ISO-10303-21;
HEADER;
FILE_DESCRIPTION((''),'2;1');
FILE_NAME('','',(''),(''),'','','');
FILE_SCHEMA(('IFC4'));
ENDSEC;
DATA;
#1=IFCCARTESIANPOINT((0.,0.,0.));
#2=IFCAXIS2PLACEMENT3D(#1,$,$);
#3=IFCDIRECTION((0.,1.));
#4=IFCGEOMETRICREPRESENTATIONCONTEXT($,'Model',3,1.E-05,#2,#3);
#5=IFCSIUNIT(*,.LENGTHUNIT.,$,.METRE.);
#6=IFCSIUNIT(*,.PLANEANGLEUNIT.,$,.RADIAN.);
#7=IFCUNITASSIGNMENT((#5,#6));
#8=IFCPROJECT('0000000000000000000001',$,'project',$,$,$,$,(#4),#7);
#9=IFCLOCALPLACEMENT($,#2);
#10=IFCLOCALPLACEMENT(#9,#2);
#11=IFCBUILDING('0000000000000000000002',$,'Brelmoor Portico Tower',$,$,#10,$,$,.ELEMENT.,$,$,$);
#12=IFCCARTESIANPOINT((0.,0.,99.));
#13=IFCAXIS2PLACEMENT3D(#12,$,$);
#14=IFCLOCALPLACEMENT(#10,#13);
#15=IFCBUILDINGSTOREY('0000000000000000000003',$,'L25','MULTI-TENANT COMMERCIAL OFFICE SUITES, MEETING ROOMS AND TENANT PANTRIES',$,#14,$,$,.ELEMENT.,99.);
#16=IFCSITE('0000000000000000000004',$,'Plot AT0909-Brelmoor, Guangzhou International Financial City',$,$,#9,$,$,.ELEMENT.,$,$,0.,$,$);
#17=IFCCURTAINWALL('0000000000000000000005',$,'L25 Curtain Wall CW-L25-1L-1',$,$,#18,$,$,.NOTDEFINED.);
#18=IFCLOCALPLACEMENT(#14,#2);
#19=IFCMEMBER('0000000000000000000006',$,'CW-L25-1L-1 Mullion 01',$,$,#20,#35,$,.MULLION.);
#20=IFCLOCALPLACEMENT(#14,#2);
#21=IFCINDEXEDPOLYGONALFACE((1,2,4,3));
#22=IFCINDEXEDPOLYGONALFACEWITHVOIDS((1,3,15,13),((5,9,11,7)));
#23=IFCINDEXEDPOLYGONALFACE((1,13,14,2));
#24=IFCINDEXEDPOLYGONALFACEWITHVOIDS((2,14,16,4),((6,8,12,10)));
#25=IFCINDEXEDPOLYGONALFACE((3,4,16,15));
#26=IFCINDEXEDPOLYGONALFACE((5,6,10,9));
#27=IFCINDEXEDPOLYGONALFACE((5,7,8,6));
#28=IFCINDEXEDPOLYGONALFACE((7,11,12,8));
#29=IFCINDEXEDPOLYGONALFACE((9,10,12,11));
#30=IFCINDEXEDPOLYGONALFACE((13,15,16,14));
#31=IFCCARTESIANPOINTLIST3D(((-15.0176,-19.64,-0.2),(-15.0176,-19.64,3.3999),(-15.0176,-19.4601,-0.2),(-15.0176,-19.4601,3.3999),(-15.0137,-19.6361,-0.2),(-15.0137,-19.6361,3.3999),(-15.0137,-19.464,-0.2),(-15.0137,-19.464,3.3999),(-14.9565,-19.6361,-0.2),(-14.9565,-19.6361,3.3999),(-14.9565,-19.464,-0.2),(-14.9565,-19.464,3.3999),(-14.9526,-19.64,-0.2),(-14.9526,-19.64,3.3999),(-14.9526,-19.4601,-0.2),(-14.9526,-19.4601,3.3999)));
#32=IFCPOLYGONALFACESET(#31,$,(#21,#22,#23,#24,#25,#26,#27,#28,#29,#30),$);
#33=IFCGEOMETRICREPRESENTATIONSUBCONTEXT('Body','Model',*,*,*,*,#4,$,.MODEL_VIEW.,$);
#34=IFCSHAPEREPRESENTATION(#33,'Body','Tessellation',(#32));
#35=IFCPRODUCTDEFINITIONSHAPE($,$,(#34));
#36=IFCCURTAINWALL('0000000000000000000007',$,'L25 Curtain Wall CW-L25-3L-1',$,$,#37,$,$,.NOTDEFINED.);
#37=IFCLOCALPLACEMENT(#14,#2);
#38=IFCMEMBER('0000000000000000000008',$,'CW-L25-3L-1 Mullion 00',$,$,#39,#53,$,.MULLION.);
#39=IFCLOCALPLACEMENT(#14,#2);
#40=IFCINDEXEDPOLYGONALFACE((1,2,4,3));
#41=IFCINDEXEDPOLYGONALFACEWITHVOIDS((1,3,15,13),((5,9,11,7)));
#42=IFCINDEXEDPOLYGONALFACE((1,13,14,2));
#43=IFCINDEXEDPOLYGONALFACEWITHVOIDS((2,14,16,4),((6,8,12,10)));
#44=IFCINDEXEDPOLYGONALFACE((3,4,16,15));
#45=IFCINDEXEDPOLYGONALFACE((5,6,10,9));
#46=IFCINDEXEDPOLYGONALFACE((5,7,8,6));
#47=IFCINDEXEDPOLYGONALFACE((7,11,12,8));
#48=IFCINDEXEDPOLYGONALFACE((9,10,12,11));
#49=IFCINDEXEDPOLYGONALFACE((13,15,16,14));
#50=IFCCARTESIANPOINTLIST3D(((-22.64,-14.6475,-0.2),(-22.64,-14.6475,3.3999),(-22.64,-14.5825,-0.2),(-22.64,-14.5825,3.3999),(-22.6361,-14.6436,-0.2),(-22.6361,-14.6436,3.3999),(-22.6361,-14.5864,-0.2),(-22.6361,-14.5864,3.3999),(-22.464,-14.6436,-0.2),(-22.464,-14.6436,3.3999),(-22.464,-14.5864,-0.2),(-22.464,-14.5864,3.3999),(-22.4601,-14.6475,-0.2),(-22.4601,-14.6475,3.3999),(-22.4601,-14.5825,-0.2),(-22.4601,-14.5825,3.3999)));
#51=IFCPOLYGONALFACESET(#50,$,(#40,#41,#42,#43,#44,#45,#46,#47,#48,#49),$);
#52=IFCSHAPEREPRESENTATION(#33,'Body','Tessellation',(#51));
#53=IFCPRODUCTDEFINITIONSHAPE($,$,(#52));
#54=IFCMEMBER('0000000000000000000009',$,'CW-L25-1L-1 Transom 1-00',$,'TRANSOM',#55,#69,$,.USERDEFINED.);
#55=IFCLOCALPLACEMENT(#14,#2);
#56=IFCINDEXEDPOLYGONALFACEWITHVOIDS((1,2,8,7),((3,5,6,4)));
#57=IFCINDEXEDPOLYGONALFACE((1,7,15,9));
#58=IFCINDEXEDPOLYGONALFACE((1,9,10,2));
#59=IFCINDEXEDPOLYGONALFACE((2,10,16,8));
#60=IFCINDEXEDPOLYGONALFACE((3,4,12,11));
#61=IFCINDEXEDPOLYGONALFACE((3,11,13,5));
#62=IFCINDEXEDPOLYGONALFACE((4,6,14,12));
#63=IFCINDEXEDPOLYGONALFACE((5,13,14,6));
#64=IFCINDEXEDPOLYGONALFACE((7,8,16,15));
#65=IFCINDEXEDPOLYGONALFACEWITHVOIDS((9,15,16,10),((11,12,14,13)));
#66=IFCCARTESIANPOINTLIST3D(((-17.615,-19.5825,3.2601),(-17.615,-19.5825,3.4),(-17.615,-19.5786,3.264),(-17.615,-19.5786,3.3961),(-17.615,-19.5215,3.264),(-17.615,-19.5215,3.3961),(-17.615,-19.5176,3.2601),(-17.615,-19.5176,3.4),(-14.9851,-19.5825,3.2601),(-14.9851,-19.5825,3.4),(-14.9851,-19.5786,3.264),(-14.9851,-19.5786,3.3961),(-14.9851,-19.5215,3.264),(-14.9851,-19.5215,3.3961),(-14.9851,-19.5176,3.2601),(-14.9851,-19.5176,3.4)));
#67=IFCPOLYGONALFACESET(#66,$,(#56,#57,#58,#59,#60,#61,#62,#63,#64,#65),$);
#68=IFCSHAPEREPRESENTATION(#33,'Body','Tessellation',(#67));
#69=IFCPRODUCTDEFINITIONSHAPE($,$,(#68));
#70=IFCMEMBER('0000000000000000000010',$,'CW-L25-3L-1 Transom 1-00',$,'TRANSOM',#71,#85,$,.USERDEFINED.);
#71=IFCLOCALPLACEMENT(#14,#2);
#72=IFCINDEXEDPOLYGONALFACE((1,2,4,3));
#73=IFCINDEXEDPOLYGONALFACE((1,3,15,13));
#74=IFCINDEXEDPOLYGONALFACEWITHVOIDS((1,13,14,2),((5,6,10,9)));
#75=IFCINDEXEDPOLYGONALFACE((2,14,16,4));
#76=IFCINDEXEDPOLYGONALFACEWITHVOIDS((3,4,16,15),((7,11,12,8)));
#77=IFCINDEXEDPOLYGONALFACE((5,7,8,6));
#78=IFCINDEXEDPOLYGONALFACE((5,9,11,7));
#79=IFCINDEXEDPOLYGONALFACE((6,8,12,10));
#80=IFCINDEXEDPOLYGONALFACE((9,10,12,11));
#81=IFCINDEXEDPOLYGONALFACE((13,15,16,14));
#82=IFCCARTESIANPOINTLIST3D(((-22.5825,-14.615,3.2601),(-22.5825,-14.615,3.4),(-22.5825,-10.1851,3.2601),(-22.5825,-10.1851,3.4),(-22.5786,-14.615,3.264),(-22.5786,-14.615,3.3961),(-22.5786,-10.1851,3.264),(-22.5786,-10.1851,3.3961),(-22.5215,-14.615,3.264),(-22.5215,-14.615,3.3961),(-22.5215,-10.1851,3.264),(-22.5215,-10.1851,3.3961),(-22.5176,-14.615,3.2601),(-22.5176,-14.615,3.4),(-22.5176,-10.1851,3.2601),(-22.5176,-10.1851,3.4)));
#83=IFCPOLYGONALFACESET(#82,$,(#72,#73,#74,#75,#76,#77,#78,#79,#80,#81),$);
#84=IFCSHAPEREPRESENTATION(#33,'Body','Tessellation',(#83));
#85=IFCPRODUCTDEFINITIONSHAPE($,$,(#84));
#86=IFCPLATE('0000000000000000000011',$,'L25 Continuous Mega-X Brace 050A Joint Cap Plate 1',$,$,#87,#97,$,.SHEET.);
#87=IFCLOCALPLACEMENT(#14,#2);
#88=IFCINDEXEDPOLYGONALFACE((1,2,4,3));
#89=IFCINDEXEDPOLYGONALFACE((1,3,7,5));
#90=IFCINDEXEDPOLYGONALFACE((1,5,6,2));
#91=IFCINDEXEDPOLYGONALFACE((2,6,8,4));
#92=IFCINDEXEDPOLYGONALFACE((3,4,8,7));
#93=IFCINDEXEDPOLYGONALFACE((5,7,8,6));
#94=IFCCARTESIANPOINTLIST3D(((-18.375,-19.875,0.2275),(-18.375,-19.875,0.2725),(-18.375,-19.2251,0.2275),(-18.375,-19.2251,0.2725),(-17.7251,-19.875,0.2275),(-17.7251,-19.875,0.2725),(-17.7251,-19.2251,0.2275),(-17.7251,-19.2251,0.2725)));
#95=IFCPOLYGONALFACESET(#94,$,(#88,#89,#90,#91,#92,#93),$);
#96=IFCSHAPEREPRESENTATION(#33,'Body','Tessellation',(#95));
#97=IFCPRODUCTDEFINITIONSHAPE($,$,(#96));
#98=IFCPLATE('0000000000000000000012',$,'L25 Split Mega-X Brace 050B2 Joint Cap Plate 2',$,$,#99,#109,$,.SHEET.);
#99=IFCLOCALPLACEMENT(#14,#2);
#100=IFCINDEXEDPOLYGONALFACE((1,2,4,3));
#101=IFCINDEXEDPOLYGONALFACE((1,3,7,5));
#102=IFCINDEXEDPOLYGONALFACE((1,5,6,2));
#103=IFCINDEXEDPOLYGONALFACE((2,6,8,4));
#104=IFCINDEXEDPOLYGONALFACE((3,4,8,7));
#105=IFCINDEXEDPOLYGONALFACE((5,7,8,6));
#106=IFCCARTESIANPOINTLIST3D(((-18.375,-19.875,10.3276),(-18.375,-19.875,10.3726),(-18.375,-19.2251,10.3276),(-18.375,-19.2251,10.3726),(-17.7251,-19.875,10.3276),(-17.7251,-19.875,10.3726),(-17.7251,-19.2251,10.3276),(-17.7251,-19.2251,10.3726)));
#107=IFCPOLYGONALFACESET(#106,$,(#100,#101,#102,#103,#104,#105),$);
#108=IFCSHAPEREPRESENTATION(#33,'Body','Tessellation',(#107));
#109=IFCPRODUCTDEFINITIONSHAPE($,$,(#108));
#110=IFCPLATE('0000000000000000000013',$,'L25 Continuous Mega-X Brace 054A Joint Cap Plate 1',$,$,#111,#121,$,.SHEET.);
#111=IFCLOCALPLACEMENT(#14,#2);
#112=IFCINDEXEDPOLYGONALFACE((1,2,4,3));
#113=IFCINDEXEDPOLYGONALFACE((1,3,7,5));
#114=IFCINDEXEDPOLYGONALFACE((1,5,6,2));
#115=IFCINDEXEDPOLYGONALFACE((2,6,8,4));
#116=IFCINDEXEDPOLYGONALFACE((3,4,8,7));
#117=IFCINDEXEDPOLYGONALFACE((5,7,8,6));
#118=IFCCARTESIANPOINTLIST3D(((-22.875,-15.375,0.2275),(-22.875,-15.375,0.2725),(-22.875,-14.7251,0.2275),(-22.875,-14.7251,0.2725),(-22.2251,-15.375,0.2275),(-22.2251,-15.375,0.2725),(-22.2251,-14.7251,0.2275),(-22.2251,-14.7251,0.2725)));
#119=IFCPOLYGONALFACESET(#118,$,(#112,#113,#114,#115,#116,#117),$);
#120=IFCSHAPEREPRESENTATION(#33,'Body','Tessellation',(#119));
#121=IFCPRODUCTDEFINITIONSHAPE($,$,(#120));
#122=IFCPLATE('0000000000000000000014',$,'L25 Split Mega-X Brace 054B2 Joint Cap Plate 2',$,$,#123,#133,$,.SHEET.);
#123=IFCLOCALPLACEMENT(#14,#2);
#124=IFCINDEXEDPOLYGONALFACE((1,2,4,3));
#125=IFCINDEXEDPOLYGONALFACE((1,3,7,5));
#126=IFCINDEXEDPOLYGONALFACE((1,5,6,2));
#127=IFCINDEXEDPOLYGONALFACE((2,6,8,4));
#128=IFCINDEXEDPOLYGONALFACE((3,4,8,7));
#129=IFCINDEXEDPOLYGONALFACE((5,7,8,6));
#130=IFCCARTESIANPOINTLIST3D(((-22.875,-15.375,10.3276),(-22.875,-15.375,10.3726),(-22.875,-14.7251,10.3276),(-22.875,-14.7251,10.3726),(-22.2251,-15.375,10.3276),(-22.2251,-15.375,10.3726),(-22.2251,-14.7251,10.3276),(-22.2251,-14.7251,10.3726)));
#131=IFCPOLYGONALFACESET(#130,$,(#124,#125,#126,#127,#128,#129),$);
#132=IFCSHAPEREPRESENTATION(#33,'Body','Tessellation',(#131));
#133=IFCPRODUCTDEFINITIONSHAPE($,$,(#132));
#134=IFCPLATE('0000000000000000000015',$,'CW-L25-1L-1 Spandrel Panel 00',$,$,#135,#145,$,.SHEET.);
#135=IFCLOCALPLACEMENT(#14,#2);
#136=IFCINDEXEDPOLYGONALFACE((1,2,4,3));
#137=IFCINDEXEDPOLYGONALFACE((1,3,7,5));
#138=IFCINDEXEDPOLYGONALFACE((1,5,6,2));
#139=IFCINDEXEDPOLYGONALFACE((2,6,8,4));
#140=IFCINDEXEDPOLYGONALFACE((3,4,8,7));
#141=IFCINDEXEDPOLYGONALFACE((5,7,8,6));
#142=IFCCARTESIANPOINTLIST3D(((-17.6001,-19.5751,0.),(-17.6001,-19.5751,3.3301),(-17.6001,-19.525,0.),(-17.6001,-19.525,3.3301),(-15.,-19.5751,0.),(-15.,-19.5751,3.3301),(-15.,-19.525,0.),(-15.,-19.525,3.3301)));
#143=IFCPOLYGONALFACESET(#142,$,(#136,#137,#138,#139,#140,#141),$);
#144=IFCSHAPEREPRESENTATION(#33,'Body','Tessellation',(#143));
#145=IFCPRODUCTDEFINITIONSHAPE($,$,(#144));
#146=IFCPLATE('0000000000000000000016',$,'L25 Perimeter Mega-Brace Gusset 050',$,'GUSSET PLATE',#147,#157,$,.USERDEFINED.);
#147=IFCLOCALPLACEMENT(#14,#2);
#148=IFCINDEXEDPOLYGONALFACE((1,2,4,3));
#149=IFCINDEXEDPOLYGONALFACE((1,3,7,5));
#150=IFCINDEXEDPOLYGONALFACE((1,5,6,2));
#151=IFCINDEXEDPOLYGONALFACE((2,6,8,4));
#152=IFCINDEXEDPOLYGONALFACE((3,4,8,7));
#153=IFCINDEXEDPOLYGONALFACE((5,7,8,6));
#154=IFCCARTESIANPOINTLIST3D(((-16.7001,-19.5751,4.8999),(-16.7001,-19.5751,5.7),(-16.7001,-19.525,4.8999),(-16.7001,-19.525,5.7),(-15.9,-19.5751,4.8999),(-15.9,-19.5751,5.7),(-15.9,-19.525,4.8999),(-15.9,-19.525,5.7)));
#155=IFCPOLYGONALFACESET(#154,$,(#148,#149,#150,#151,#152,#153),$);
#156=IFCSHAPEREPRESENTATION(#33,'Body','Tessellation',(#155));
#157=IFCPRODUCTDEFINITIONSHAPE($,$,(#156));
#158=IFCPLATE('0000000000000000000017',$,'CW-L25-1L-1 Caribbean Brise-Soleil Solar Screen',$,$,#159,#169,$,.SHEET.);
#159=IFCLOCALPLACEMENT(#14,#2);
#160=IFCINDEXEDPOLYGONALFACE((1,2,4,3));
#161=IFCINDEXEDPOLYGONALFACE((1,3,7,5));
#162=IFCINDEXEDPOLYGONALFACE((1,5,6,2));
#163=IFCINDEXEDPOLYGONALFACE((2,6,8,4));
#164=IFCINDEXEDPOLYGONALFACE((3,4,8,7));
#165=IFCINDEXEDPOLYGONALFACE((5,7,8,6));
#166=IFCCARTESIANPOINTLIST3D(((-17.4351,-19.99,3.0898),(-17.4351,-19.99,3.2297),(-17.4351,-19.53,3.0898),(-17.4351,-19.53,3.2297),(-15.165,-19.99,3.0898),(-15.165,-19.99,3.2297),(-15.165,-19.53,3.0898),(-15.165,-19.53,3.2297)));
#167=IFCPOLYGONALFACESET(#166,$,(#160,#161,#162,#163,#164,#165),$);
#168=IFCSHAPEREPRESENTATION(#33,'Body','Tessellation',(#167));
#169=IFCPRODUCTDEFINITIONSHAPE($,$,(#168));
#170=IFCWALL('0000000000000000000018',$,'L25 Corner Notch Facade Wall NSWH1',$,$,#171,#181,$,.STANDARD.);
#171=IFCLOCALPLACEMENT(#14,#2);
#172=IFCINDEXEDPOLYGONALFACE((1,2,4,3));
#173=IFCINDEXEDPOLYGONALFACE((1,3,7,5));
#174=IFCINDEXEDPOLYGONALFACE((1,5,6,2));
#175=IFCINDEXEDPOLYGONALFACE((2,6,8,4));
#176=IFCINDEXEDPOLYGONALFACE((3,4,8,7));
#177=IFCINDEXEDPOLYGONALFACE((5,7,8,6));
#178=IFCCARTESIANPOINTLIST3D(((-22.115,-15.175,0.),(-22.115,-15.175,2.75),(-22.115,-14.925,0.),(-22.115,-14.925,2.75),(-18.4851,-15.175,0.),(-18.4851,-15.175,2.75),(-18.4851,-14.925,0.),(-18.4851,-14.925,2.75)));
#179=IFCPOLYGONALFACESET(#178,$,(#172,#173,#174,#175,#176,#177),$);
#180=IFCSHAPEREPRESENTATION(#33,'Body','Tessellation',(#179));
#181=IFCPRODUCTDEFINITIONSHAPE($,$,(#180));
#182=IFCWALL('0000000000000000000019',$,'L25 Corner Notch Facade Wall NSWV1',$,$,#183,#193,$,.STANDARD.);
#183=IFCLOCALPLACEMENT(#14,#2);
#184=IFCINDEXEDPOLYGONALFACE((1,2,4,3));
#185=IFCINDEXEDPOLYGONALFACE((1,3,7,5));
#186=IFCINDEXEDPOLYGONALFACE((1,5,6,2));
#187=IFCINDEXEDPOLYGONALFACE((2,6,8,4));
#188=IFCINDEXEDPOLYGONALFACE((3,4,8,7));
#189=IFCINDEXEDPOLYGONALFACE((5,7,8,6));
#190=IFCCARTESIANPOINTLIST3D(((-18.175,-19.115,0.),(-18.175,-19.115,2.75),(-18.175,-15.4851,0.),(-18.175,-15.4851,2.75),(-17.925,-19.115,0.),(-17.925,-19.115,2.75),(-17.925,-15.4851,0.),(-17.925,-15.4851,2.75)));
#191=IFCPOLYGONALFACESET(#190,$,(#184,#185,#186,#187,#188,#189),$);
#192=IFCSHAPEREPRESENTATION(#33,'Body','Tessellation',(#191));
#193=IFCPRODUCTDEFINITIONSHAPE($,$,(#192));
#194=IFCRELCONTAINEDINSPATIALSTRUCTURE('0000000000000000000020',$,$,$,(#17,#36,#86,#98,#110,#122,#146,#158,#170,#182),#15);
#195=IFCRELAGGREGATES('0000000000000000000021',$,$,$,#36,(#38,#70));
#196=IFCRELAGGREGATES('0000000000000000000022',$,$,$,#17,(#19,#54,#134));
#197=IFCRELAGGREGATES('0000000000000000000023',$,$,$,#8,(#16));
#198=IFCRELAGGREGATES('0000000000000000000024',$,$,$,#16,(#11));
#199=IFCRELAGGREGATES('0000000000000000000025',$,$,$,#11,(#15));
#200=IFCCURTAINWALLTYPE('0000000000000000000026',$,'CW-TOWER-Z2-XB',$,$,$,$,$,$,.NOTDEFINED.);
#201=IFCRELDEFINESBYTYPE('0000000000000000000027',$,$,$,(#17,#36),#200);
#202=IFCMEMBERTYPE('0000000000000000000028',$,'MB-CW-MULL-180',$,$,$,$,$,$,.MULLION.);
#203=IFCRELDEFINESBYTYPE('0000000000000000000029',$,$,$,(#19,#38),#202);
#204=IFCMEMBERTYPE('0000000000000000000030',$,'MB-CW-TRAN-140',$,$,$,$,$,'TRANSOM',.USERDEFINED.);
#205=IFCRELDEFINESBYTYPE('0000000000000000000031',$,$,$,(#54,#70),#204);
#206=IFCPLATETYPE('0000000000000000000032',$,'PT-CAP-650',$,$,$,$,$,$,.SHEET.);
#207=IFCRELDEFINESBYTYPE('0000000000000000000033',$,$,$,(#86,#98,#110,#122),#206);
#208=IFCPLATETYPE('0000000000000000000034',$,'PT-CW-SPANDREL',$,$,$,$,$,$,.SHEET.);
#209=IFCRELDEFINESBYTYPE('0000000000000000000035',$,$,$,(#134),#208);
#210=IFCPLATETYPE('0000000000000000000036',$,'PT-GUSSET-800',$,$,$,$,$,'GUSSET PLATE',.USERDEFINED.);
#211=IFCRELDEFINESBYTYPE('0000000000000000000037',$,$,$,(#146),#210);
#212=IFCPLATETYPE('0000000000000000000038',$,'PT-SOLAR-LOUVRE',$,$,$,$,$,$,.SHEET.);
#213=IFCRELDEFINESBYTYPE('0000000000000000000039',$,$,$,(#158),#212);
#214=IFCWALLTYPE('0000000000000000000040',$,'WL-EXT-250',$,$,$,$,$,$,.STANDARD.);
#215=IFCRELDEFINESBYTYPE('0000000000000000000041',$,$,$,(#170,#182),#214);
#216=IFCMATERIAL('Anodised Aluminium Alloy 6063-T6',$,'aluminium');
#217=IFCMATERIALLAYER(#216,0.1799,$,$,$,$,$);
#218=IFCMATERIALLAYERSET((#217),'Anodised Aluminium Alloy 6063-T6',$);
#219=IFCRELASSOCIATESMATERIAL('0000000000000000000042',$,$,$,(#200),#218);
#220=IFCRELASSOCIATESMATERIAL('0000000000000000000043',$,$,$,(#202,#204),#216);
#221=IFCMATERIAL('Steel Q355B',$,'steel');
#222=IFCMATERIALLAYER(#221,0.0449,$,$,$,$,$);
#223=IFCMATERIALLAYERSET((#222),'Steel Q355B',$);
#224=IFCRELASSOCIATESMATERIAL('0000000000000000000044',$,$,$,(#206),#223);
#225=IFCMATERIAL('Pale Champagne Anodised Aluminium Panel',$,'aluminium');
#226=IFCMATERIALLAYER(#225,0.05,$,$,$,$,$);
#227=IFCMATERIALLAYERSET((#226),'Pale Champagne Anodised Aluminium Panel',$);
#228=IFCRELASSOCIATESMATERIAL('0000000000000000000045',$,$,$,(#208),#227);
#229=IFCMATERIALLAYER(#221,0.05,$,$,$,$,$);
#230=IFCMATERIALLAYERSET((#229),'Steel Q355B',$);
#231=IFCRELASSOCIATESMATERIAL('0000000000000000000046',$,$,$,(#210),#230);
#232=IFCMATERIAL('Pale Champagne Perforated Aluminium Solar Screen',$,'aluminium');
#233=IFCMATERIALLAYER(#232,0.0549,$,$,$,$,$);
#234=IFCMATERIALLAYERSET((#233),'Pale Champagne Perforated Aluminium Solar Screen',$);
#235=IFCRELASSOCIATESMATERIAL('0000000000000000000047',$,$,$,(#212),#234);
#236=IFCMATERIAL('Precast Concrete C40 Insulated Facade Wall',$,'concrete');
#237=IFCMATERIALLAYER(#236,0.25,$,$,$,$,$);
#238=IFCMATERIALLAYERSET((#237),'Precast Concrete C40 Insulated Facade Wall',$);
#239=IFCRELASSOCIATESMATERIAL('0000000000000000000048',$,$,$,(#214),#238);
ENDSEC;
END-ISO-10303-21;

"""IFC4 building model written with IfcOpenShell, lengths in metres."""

from ifc_helpers import new_model, si_unit, direction, frame, frame_2d, origin, origin_2d, place, context, subcontext, project, spatial, rectangle, hollow_rectangle, extrude, material, layer, layer_set, material_profile, profile_set, type_object, element, aggregate, save


model = new_model("IFC4")

# Units and contexts
model_context = context("Model", 3, precision=1e-05, world=origin(), true_north=direction((0.0, 1.0)))
body_context = subcontext(model_context, "Body", "Model", "MODEL_VIEW")
ifc_project = project(units=[si_unit("LENGTHUNIT", "METRE"), si_unit("PLANEANGLEUNIT", "RADIAN")], contexts=[model_context])

# Site, building, storey
site_placement = place(None, origin())
site = spatial("IfcSite", under=ifc_project, at=site_placement, Name="Plot AT0909-Brelmoor, Guangzhou International Financial City", CompositionType="ELEMENT", RefElevation=0.0)
building_placement = place(site_placement, origin())
building = spatial("IfcBuilding", under=site, at=building_placement, Name="Brelmoor Portico Tower", CompositionType="ELEMENT")
storey_placement = place(building_placement, frame((0.0, 0.0, 99.0)))
storey = spatial("IfcBuildingStorey", under=building, at=storey_placement, Name="L25", Description="MULTI-TENANT COMMERCIAL OFFICE SUITES, MEETING ROOMS AND TENANT PANTRIES", CompositionType="ELEMENT", Elevation=99.0)

# Shared definitions
ifc_material_1 = material(Name="Steel Q355B", Category="steel")

# Curtain wall, member
ifc_material_2 = material(Name="Anodised Aluminium Alloy 6063-T6", Category="aluminium")
ifc_layer_1 = layer(ifc_material_2, 0.1799)
ifc_layer_set_1 = layer_set([ifc_layer_1], Name="Anodised Aluminium Alloy 6063-T6")
curtain_wall_type = type_object("IfcCurtainWallType", Name="CW-TOWER-Z2-XB", PredefinedType="NOTDEFINED", material=ifc_layer_set_1)
curtain_wall_1_placement = place(storey_placement, origin())
curtain_wall_1 = element("IfcCurtainWall", 1, at=curtain_wall_1_placement, inside=storey, type_object=curtain_wall_type, Name="L25 Curtain Wall CW-L25-1L-1", PredefinedType="NOTDEFINED")
ifc_material_profile_1 = material_profile(ifc_material_2, hollow_rectangle(XDim=0.0649, YDim=0.1799, WallThickness=0.0039, at=origin_2d()), Name="ALU MULLION 65x180")
ifc_profile_set_1 = profile_set([ifc_material_profile_1], Name="Anodised Aluminium Alloy 6063-T6")
member_type_1 = type_object("IfcMemberType", Name="MB-CW-MULL-180", PredefinedType="MULLION", material=ifc_profile_set_1)
member_1_placement = place(storey_placement, frame((-14.9851, -19.55, -0.2), z_axis=(0.0, 0.0, 1.0), x_axis=(1.0, 0.0, 0.0)))
member_1 = element("IfcMember", 2, at=member_1_placement, type_object=member_type_1, Name="CW-L25-1L-1 Mullion 01", PredefinedType="MULLION", context=body_context, shape_type="SweptSolid", body=[
    extrude(hollow_rectangle(XDim=0.0649, YDim=0.1799, WallThickness=0.0039, at=origin_2d()), origin(), (0.0, 0.0, 1.0), 3.5999),
])

# Curtain wall, member
curtain_wall_2_placement = place(storey_placement, origin())
curtain_wall_2 = element("IfcCurtainWall", 3, at=curtain_wall_2_placement, inside=storey, type_object=curtain_wall_type, Name="L25 Curtain Wall CW-L25-3L-1", PredefinedType="NOTDEFINED")
member_2_placement = place(storey_placement, frame((-22.55, -14.615, -0.2), z_axis=(0.0, 0.0, 1.0), x_axis=(0.0, 1.0, 0.0)))
member_2 = element("IfcMember", 4, at=member_2_placement, type_object=member_type_1, Name="CW-L25-3L-1 Mullion 00", PredefinedType="MULLION", context=body_context, shape_type="SweptSolid", body=[
    extrude(hollow_rectangle(XDim=0.0649, YDim=0.1799, WallThickness=0.0039, at=origin_2d()), origin(), (0.0, 0.0, 1.0), 3.5999),
])

# Members
ifc_material_profile_2 = material_profile(ifc_material_2, hollow_rectangle(XDim=0.0649, YDim=0.1399, WallThickness=0.0039, at=origin_2d()), Name="ALU TRANSOM 65x140")
ifc_profile_set_2 = profile_set([ifc_material_profile_2], Name="Anodised Aluminium Alloy 6063-T6")
member_type_2 = type_object("IfcMemberType", Name="MB-CW-TRAN-140", ElementType="TRANSOM", PredefinedType="USERDEFINED", material=ifc_profile_set_2)
member_3_placement = place(storey_placement, frame((-17.615, -19.55, 3.3301), z_axis=(1.0, 0.0, 0.0), x_axis=(0.0, 1.0, 0.0)))
member_3 = element("IfcMember", 5, at=member_3_placement, type_object=member_type_2, Name="CW-L25-1L-1 Transom 1-00", ObjectType="TRANSOM", PredefinedType="USERDEFINED", context=body_context, shape_type="SweptSolid", body=[
    extrude(hollow_rectangle(XDim=0.0649, YDim=0.1399, WallThickness=0.0039, at=origin_2d()), origin(), (0.0, 0.0, 1.0), 2.6299),
])
member_4_placement = place(storey_placement, frame((-22.55, -14.615, 3.3301), z_axis=(0.0, 1.0, 0.0), x_axis=(-1.0, 0.0, 0.0)))
member_4 = element("IfcMember", 6, at=member_4_placement, type_object=member_type_2, Name="CW-L25-3L-1 Transom 1-00", ObjectType="TRANSOM", PredefinedType="USERDEFINED", context=body_context, shape_type="SweptSolid", body=[
    extrude(hollow_rectangle(XDim=0.0649, YDim=0.1399, WallThickness=0.0039, at=origin_2d()), origin(), (0.0, 0.0, 1.0), 4.4299),
])
aggregate(curtain_wall_2, [member_2, member_4])

# Plates
ifc_layer_2 = layer(ifc_material_1, 0.0449)
ifc_layer_set_2 = layer_set([ifc_layer_2], Name="Steel Q355B")
plate_type_1 = type_object("IfcPlateType", Name="PT-CAP-650", PredefinedType="SHEET", material=ifc_layer_set_2)
for number, where, z_axis, x_axis, name in (
    (7, (-18.05, -19.55, 0.2275), (0.0, 0.0, 1.0), (1.0, 0.0, 0.0), "L25 Continuous Mega-X Brace 050A Joint Cap Plate 1"),
    (8, (-18.05, -19.55, 10.3276), (0.0, 0.0, 1.0), (1.0, 0.0, 0.0), "L25 Split Mega-X Brace 050B2 Joint Cap Plate 2"),
    (9, (-22.55, -15.05, 0.2275), (0.0, 0.0, 1.0), (1.0, 0.0, 0.0), "L25 Continuous Mega-X Brace 054A Joint Cap Plate 1"),
    (10, (-22.55, -15.05, 10.3276), (0.0, 0.0, 1.0), (1.0, 0.0, 0.0), "L25 Split Mega-X Brace 054B2 Joint Cap Plate 2"),
):
    element("IfcPlate", number, at=place(storey_placement, frame(where, z_axis=z_axis, x_axis=x_axis)), inside=storey, type_object=plate_type_1, Name=name, PredefinedType="SHEET", context=body_context, shape_type="SweptSolid", body=[
        extrude(rectangle(XDim=0.6499, YDim=0.6499, at=origin_2d()), origin(), (0.0, 0.0, 1.0), 0.0449),
    ])

# Plate
ifc_material_3 = material(Name="Pale Champagne Anodised Aluminium Panel", Category="aluminium")
ifc_layer_3 = layer(ifc_material_3, 0.05)
ifc_layer_set_3 = layer_set([ifc_layer_3], Name="Pale Champagne Anodised Aluminium Panel")
plate_type_2 = type_object("IfcPlateType", Name="PT-CW-SPANDREL", PredefinedType="SHEET", material=ifc_layer_set_3)
plate_1_placement = place(storey_placement, frame((-16.3, -19.55, 0.0), z_axis=(0.0, 0.0, 1.0), x_axis=(1.0, 0.0, 0.0)))
plate_1 = element("IfcPlate", 11, at=plate_1_placement, type_object=plate_type_2, Name="CW-L25-1L-1 Spandrel Panel 00", PredefinedType="SHEET", context=body_context, shape_type="SweptSolid", body=[
    extrude(rectangle(XDim=2.6001, YDim=0.05, at=origin_2d()), origin(), (0.0, 0.0, 1.0), 3.3301),
])
aggregate(curtain_wall_1, [member_1, member_3, plate_1])

# Plates
ifc_layer_4 = layer(ifc_material_1, 0.05)
ifc_layer_set_4 = layer_set([ifc_layer_4], Name="Steel Q355B")
plate_type_3 = type_object("IfcPlateType", Name="PT-GUSSET-800", ElementType="GUSSET PLATE", PredefinedType="USERDEFINED", material=ifc_layer_set_4)
plate_2_placement = place(storey_placement, frame((-16.3, -19.55, 4.8999), z_axis=(0.0, 0.0, 1.0), x_axis=(1.0, 0.0, 0.0)))
element("IfcPlate", 12, at=plate_2_placement, inside=storey, type_object=plate_type_3, Name="L25 Perimeter Mega-Brace Gusset 050", ObjectType="GUSSET PLATE", PredefinedType="USERDEFINED", context=body_context, shape_type="SweptSolid", body=[
    extrude(rectangle(XDim=0.8, YDim=0.05, at=origin_2d()), origin(), (0.0, 0.0, 1.0), 0.8),
])
ifc_material_4 = material(Name="Pale Champagne Perforated Aluminium Solar Screen", Category="aluminium")
ifc_layer_5 = layer(ifc_material_4, 0.0549)
ifc_layer_set_5 = layer_set([ifc_layer_5], Name="Pale Champagne Perforated Aluminium Solar Screen")
plate_type_4 = type_object("IfcPlateType", Name="PT-SOLAR-LOUVRE", PredefinedType="SHEET", material=ifc_layer_set_5)
plate_3_placement = place(storey_placement, frame((-16.3, -19.76, 3.0898), z_axis=(0.0, 0.0, 1.0), x_axis=(1.0, 0.0, 0.0)))
element("IfcPlate", 13, at=plate_3_placement, inside=storey, type_object=plate_type_4, Name="CW-L25-1L-1 Caribbean Brise-Soleil Solar Screen", PredefinedType="SHEET", context=body_context, shape_type="SweptSolid", body=[
    extrude(rectangle(XDim=2.27, YDim=0.46, at=origin_2d()), origin(), (0.0, 0.0, 1.0), 0.1399),
])

# Walls
ifc_material_5 = material(Name="Precast Concrete C40 Insulated Facade Wall", Category="concrete")
ifc_layer_6 = layer(ifc_material_5, 0.25)
ifc_layer_set_6 = layer_set([ifc_layer_6], Name="Precast Concrete C40 Insulated Facade Wall")
wall_type = type_object("IfcWallType", Name="WL-EXT-250", PredefinedType="STANDARD", material=ifc_layer_set_6)
for number, where, z_axis, x_axis, name in (
    (14, (-22.115, -15.05, 0.0), (0.0, 0.0, 1.0), (1.0, 0.0, 0.0), "L25 Corner Notch Facade Wall NSWH1"),
    (15, (-18.05, -19.115, 0.0), (0.0, 0.0, 1.0), (0.0, 1.0, 0.0), "L25 Corner Notch Facade Wall NSWV1"),
):
    element("IfcWall", number, at=place(storey_placement, frame(where, z_axis=z_axis, x_axis=x_axis)), inside=storey, type_object=wall_type, Name=name, PredefinedType="STANDARD", context=body_context, shape_type="SweptSolid", body=[
        extrude(rectangle(XDim=3.6299, YDim=0.25, at=frame_2d((1.8149, 0.0))), origin(), (0.0, 0.0, 1.0), 2.75),
    ])

save(model, "model.ifc")
